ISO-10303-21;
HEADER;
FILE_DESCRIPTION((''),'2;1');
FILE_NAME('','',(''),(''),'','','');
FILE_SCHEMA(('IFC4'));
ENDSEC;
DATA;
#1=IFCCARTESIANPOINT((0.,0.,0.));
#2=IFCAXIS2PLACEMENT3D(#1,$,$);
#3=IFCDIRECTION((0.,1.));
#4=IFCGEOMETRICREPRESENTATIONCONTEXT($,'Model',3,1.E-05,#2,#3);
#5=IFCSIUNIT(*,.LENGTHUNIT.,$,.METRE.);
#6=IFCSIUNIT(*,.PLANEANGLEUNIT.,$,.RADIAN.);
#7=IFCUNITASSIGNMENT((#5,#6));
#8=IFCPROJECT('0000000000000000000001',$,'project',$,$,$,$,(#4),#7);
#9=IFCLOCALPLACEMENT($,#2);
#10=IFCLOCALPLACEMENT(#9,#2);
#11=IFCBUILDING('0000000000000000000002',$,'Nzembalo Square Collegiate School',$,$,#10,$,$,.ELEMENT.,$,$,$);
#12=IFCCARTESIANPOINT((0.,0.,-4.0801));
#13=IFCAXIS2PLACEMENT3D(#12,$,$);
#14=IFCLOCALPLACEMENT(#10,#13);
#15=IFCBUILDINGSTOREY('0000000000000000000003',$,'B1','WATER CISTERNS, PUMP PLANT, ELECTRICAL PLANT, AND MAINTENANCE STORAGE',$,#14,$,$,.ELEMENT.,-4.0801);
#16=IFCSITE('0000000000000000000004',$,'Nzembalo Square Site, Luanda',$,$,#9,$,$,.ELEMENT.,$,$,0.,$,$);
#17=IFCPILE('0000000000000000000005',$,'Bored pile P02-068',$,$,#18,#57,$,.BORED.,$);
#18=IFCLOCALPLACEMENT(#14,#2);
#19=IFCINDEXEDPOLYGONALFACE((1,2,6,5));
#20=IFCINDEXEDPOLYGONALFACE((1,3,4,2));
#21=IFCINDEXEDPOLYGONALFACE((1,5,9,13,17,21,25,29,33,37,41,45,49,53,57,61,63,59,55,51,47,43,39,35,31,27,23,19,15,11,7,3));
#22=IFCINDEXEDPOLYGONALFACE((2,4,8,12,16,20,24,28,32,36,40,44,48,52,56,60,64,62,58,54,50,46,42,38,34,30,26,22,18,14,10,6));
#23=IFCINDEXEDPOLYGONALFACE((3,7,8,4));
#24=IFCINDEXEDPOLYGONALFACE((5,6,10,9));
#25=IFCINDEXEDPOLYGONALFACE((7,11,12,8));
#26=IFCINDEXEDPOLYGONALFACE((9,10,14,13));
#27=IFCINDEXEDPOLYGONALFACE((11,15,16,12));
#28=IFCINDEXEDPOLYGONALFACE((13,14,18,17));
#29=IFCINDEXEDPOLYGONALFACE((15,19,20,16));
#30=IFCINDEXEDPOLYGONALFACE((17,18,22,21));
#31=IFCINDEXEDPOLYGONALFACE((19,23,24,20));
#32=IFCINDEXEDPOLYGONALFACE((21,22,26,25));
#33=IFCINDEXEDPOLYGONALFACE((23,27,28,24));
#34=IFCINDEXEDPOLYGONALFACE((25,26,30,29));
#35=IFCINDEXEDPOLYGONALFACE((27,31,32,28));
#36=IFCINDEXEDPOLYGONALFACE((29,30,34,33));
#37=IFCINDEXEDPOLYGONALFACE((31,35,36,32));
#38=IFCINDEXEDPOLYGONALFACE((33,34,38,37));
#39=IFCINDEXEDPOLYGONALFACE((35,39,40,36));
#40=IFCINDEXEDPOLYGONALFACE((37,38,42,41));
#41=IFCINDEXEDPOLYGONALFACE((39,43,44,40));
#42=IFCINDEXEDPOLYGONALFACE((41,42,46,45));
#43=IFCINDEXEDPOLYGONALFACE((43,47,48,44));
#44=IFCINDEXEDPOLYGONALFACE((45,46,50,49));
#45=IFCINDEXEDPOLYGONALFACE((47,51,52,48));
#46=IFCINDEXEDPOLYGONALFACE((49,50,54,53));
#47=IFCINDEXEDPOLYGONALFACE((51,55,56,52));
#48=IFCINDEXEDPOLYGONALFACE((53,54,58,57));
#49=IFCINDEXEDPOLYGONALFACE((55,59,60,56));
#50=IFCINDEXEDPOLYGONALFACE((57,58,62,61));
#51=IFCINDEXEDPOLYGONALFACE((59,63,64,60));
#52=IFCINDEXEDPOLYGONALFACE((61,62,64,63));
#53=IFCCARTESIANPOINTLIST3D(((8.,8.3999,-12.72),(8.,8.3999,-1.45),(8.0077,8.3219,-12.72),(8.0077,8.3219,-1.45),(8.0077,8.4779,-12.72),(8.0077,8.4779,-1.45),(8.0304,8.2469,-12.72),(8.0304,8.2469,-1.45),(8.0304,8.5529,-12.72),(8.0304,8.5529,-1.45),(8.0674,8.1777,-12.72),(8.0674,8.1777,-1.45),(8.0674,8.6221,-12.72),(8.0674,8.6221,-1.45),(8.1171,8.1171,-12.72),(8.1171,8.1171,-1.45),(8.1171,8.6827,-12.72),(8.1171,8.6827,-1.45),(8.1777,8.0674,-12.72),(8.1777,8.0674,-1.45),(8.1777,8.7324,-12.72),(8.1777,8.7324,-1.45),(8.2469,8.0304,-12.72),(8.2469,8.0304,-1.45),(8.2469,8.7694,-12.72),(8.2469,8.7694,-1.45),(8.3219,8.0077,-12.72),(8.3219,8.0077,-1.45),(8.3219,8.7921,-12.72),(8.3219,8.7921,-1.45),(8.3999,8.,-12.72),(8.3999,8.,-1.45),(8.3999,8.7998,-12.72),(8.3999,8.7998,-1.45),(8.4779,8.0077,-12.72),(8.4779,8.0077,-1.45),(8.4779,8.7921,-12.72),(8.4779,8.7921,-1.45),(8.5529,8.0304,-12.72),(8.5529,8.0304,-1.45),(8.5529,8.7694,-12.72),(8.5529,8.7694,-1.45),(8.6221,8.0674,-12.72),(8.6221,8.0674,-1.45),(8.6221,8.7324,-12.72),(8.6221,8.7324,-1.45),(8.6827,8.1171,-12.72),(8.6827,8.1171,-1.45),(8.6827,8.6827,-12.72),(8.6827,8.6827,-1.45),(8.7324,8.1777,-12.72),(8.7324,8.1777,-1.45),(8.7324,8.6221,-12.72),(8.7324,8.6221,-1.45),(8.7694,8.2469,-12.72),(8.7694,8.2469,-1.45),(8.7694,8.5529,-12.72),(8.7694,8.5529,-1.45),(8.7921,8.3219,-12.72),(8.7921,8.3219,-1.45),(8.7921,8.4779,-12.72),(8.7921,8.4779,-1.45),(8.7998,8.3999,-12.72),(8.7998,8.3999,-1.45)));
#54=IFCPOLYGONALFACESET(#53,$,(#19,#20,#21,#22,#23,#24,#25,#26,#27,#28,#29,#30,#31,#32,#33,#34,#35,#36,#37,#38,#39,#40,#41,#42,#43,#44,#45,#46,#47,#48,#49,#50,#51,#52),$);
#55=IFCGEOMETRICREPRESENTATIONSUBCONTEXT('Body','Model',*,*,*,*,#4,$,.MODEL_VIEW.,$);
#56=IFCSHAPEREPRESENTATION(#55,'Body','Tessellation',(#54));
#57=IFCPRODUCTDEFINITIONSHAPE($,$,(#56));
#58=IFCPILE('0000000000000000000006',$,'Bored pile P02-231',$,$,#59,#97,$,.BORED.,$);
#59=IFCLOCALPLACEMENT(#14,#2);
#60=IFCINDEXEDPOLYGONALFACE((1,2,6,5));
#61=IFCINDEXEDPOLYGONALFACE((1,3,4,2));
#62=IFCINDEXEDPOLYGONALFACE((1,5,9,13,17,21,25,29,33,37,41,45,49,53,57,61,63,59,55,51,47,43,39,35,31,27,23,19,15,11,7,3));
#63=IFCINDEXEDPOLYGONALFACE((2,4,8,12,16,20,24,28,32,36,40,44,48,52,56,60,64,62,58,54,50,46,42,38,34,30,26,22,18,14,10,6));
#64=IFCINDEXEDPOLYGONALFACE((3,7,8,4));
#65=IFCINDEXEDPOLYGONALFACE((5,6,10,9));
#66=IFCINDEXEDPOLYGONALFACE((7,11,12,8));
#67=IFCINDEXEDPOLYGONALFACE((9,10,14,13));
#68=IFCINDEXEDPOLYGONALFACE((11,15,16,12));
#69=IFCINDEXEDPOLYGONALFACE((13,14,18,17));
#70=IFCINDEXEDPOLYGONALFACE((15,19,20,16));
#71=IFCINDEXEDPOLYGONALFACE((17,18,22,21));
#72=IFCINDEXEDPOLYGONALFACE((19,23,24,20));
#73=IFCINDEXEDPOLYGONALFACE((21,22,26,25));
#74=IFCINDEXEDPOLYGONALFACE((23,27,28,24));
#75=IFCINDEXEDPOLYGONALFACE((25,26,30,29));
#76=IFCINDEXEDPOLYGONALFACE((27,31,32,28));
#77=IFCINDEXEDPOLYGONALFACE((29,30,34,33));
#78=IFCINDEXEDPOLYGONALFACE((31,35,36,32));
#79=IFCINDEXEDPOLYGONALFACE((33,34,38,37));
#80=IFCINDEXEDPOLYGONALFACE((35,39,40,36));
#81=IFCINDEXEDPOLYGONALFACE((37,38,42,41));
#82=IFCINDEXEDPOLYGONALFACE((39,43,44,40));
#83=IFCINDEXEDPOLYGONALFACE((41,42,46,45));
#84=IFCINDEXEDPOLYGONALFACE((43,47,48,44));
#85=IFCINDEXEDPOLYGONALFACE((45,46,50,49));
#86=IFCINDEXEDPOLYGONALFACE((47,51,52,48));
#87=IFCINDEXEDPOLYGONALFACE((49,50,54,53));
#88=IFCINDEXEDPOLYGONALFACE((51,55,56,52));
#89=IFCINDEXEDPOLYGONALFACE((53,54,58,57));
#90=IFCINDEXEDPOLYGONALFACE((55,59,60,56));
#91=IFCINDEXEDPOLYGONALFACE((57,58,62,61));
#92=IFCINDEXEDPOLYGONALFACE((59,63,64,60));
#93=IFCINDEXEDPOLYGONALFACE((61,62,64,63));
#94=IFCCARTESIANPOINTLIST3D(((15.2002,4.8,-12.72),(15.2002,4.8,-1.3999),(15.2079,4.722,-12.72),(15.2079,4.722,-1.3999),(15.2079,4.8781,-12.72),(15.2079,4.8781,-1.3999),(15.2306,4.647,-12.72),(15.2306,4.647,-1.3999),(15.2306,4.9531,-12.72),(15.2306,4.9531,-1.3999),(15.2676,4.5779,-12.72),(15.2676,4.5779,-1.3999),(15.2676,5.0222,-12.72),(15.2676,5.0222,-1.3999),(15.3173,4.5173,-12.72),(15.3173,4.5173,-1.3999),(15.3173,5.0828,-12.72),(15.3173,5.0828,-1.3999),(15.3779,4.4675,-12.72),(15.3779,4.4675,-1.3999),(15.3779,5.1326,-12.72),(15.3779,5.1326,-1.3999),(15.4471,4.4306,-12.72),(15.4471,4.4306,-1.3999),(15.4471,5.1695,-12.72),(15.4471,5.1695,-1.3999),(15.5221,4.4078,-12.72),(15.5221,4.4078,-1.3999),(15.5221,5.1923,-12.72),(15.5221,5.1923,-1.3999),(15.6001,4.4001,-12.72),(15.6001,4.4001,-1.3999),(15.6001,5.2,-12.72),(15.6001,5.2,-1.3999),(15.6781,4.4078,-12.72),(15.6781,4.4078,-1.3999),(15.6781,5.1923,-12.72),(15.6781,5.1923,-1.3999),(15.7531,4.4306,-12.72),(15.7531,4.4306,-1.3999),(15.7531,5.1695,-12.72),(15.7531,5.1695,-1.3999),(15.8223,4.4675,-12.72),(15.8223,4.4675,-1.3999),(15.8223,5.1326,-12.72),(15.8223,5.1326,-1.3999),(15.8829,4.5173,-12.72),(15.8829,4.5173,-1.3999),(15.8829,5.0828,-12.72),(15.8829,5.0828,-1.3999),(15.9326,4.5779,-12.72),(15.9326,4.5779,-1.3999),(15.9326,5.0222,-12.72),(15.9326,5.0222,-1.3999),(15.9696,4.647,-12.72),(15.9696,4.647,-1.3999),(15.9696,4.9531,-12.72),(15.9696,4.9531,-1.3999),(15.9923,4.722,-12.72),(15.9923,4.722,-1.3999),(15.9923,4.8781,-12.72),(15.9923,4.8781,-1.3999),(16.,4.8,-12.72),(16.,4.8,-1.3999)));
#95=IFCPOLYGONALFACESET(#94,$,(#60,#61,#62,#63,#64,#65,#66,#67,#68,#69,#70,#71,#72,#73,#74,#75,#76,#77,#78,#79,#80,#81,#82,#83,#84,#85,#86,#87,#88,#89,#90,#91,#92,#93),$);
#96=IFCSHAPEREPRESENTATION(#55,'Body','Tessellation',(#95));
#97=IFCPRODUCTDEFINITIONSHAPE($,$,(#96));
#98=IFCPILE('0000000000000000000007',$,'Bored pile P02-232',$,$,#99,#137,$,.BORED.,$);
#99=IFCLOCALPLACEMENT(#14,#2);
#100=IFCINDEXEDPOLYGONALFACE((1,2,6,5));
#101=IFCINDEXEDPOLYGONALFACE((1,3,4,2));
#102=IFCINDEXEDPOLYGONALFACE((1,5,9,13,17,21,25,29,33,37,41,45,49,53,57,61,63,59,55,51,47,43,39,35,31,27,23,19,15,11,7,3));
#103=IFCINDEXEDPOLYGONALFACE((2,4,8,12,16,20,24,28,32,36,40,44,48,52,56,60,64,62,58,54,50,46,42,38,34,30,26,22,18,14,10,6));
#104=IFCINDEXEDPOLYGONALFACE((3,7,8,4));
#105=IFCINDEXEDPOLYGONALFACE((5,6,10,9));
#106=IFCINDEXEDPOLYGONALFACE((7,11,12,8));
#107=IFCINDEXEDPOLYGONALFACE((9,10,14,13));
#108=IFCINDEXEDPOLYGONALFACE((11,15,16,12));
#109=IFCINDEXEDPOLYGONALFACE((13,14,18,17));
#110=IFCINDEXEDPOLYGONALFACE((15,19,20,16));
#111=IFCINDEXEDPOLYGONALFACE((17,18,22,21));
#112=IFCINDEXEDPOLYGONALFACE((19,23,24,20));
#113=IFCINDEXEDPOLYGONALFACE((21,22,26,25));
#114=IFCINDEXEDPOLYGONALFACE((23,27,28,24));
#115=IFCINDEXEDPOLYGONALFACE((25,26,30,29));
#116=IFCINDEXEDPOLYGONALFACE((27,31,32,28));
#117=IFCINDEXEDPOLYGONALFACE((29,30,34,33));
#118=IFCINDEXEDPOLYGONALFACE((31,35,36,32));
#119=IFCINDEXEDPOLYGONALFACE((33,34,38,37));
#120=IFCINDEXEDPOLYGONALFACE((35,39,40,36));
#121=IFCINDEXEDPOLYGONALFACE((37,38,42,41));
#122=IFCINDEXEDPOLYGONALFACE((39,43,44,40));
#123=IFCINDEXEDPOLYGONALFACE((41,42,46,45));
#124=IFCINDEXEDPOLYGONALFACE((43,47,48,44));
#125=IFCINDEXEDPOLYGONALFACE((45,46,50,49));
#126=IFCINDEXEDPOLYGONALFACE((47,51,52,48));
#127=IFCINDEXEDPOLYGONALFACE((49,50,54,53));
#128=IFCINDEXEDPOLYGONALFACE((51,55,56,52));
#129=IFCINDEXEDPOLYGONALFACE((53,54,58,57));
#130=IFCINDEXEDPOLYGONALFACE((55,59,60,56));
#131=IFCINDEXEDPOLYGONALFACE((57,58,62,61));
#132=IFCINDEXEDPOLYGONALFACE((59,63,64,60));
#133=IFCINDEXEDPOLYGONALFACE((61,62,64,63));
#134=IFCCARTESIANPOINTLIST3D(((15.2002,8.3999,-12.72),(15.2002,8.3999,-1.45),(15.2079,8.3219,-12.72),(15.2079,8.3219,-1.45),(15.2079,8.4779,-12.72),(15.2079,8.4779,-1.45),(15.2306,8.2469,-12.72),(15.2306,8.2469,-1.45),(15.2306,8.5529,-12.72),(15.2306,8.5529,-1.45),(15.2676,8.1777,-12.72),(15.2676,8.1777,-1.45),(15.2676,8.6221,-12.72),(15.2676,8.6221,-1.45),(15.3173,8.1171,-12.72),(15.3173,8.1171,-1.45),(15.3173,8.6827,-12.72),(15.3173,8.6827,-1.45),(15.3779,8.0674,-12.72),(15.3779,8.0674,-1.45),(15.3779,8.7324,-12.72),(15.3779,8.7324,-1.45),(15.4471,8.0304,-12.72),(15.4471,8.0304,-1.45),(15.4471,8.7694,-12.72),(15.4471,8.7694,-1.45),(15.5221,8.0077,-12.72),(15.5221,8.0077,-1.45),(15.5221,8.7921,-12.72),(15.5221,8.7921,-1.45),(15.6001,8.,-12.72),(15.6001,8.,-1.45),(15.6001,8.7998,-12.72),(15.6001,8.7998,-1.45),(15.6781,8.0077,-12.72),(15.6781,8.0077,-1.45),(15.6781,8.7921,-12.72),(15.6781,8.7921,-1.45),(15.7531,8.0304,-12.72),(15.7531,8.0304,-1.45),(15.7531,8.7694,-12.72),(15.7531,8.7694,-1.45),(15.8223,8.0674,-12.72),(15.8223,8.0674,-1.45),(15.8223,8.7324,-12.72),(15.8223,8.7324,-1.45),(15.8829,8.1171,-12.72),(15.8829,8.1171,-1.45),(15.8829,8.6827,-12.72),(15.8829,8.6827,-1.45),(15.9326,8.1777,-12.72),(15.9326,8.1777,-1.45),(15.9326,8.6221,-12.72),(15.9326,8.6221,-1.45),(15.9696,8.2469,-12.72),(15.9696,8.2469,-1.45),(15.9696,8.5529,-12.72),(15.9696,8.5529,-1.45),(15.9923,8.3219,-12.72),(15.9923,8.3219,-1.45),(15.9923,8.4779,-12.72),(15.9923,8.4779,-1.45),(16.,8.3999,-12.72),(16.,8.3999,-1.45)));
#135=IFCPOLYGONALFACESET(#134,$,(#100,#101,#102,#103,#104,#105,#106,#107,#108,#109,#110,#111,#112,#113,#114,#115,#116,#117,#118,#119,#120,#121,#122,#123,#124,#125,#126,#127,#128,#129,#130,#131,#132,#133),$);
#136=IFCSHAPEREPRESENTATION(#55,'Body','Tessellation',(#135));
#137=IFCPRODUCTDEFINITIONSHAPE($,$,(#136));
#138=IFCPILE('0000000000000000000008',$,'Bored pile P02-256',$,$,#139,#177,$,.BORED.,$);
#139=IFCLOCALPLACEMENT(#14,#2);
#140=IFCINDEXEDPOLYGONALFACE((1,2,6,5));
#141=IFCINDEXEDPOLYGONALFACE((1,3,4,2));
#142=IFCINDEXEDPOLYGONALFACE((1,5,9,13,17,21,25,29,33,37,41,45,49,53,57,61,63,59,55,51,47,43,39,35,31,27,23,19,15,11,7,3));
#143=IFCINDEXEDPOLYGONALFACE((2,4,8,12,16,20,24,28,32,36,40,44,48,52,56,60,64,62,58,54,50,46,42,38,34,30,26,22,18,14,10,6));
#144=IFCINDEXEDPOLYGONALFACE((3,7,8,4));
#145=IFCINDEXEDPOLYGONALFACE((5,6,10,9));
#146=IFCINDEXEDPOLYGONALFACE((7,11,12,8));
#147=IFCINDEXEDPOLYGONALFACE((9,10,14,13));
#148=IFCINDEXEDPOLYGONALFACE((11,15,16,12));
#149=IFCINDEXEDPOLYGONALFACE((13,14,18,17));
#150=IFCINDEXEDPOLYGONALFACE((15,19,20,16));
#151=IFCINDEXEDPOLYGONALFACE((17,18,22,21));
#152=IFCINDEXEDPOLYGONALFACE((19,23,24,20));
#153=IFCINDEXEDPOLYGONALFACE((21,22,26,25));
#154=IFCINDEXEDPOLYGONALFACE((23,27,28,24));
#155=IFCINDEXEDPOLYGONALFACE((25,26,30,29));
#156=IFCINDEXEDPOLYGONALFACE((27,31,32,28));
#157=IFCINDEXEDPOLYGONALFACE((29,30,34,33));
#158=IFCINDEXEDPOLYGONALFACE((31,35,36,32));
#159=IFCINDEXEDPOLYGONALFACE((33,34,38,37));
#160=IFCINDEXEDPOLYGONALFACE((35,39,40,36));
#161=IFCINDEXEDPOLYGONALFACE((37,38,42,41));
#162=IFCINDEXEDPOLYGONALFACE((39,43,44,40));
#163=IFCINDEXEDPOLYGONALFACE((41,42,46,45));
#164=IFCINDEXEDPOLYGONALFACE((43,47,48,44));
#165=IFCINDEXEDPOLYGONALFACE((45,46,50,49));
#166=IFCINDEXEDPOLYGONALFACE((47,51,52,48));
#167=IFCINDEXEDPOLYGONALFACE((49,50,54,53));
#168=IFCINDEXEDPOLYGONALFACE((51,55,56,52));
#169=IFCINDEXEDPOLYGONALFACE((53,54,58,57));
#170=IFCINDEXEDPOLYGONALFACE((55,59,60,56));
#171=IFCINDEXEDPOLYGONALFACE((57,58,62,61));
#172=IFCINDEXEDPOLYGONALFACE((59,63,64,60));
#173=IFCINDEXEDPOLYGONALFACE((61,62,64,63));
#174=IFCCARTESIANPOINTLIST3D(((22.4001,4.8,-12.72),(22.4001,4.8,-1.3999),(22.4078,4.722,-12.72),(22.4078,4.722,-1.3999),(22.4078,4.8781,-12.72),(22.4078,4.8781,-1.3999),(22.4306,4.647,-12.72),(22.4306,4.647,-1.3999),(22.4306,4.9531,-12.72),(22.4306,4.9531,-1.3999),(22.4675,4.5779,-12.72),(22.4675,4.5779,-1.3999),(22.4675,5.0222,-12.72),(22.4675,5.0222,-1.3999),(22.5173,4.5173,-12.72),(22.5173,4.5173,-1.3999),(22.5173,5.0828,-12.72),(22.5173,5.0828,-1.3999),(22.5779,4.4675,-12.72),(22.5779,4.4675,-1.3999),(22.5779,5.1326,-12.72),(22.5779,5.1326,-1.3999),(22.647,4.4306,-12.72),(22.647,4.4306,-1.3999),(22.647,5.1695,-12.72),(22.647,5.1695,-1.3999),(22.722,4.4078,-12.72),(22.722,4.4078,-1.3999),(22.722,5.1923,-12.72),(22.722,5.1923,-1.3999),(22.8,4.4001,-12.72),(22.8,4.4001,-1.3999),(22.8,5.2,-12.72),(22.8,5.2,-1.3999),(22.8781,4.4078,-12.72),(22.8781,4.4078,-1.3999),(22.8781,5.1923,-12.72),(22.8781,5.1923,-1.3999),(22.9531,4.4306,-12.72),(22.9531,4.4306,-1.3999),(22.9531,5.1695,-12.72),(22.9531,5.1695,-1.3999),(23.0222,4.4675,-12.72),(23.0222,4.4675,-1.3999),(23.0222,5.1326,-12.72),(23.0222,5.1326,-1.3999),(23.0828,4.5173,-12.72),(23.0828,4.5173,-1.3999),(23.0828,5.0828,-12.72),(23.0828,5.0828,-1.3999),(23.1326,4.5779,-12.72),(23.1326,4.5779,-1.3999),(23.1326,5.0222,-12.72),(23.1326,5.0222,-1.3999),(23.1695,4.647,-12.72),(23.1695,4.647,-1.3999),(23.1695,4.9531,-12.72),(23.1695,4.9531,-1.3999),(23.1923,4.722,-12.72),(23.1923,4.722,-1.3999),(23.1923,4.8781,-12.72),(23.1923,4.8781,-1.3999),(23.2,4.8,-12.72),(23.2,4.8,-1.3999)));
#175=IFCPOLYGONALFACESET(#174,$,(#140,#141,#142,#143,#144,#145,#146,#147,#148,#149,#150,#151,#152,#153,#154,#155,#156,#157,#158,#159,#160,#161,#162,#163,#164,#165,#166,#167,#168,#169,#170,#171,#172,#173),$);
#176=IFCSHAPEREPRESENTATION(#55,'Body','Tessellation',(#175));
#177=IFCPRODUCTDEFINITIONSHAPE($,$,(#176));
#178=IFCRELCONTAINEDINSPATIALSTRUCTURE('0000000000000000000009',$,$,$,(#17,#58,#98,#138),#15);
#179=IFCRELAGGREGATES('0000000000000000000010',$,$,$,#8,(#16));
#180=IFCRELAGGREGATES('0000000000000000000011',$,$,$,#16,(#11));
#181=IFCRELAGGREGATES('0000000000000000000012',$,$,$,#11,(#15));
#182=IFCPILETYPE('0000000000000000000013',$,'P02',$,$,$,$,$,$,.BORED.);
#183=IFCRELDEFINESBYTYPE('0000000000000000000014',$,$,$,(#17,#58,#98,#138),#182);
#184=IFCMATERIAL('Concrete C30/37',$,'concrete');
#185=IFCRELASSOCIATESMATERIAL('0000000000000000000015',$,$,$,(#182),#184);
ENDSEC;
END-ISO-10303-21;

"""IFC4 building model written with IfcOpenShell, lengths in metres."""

from ifc_helpers import new_model, si_unit, direction, frame, origin, origin_2d, place, context, subcontext, project, spatial, circle, extrude, material, material_profile, profile_set, type_object, element, save


model = new_model("IFC4")

# Units and contexts
model_context = context("Model", 3, precision=1e-05, world=origin(), true_north=direction((0.0, 1.0)))
body_context = subcontext(model_context, "Body", "Model", "MODEL_VIEW")
ifc_project = project(units=[si_unit("LENGTHUNIT", "METRE"), si_unit("PLANEANGLEUNIT", "RADIAN")], contexts=[model_context])

# Site, building, storey
site_placement = place(None, origin())
site = spatial("IfcSite", under=ifc_project, at=site_placement, Name="Nzembalo Square Site, Luanda", CompositionType="ELEMENT", RefElevation=0.0)
building_placement = place(site_placement, origin())
building = spatial("IfcBuilding", under=site, at=building_placement, Name="Nzembalo Square Collegiate School", CompositionType="ELEMENT")
storey_placement = place(building_placement, frame((0.0, 0.0, -4.0801)))
storey = spatial("IfcBuildingStorey", under=building, at=storey_placement, Name="B1", Description="WATER CISTERNS, PUMP PLANT, ELECTRICAL PLANT, AND MAINTENANCE STORAGE", CompositionType="ELEMENT", Elevation=-4.0801)

# Piles
ifc_material_1 = material(Name="Concrete C30/37", Category="concrete")
ifc_material_profile_1 = material_profile(ifc_material_1, circle(Radius=0.3999, at=origin_2d()), Name="PILE D800")
ifc_profile_set_1 = profile_set([ifc_material_profile_1], Name="Concrete C30/37")
pile_type = type_object("IfcPileType", Name="P02", PredefinedType="BORED", material=ifc_profile_set_1)
pile_1_placement = place(storey_placement, frame((8.3999, 8.3999, -1.45), z_axis=(0.0, 0.0, -1.0), x_axis=(1.0, 0.0, 0.0)))
element("IfcPile", 1, at=pile_1_placement, inside=storey, type_object=pile_type, Name="Bored pile P02-068", PredefinedType="BORED", context=body_context, shape_type="SweptSolid", body=[
    extrude(circle(Radius=0.3999, at=origin_2d()), origin(), (0.0, 0.0, 1.0), 11.27),
])
pile_2_placement = place(storey_placement, frame((15.6001, 4.8, -1.3999), z_axis=(0.0, 0.0, -1.0), x_axis=(1.0, 0.0, 0.0)))
element("IfcPile", 2, at=pile_2_placement, inside=storey, type_object=pile_type, Name="Bored pile P02-231", PredefinedType="BORED", context=body_context, shape_type="SweptSolid", body=[
    extrude(circle(Radius=0.3999, at=origin_2d()), origin(), (0.0, 0.0, 1.0), 11.3201),
])
pile_3_placement = place(storey_placement, frame((15.6001, 8.3999, -1.45), z_axis=(0.0, 0.0, -1.0), x_axis=(1.0, 0.0, 0.0)))
element("IfcPile", 3, at=pile_3_placement, inside=storey, type_object=pile_type, Name="Bored pile P02-232", PredefinedType="BORED", context=body_context, shape_type="SweptSolid", body=[
    extrude(circle(Radius=0.3999, at=origin_2d()), origin(), (0.0, 0.0, 1.0), 11.27),
])
for number, where, z_axis, x_axis, name in (
    (4, (22.8, 4.8, -1.3999), (0.0, 0.0, -1.0), (1.0, 0.0, 0.0), "Bored pile P02-256"),
):
    element("IfcPile", number, at=place(storey_placement, frame(where, z_axis=z_axis, x_axis=x_axis)), inside=storey, type_object=pile_type, Name=name, PredefinedType="BORED", context=body_context, shape_type="SweptSolid", body=[
        extrude(circle(Radius=0.3999, at=origin_2d()), origin(), (0.0, 0.0, 1.0), 11.3201),
    ])

save(model, "model.ifc")
